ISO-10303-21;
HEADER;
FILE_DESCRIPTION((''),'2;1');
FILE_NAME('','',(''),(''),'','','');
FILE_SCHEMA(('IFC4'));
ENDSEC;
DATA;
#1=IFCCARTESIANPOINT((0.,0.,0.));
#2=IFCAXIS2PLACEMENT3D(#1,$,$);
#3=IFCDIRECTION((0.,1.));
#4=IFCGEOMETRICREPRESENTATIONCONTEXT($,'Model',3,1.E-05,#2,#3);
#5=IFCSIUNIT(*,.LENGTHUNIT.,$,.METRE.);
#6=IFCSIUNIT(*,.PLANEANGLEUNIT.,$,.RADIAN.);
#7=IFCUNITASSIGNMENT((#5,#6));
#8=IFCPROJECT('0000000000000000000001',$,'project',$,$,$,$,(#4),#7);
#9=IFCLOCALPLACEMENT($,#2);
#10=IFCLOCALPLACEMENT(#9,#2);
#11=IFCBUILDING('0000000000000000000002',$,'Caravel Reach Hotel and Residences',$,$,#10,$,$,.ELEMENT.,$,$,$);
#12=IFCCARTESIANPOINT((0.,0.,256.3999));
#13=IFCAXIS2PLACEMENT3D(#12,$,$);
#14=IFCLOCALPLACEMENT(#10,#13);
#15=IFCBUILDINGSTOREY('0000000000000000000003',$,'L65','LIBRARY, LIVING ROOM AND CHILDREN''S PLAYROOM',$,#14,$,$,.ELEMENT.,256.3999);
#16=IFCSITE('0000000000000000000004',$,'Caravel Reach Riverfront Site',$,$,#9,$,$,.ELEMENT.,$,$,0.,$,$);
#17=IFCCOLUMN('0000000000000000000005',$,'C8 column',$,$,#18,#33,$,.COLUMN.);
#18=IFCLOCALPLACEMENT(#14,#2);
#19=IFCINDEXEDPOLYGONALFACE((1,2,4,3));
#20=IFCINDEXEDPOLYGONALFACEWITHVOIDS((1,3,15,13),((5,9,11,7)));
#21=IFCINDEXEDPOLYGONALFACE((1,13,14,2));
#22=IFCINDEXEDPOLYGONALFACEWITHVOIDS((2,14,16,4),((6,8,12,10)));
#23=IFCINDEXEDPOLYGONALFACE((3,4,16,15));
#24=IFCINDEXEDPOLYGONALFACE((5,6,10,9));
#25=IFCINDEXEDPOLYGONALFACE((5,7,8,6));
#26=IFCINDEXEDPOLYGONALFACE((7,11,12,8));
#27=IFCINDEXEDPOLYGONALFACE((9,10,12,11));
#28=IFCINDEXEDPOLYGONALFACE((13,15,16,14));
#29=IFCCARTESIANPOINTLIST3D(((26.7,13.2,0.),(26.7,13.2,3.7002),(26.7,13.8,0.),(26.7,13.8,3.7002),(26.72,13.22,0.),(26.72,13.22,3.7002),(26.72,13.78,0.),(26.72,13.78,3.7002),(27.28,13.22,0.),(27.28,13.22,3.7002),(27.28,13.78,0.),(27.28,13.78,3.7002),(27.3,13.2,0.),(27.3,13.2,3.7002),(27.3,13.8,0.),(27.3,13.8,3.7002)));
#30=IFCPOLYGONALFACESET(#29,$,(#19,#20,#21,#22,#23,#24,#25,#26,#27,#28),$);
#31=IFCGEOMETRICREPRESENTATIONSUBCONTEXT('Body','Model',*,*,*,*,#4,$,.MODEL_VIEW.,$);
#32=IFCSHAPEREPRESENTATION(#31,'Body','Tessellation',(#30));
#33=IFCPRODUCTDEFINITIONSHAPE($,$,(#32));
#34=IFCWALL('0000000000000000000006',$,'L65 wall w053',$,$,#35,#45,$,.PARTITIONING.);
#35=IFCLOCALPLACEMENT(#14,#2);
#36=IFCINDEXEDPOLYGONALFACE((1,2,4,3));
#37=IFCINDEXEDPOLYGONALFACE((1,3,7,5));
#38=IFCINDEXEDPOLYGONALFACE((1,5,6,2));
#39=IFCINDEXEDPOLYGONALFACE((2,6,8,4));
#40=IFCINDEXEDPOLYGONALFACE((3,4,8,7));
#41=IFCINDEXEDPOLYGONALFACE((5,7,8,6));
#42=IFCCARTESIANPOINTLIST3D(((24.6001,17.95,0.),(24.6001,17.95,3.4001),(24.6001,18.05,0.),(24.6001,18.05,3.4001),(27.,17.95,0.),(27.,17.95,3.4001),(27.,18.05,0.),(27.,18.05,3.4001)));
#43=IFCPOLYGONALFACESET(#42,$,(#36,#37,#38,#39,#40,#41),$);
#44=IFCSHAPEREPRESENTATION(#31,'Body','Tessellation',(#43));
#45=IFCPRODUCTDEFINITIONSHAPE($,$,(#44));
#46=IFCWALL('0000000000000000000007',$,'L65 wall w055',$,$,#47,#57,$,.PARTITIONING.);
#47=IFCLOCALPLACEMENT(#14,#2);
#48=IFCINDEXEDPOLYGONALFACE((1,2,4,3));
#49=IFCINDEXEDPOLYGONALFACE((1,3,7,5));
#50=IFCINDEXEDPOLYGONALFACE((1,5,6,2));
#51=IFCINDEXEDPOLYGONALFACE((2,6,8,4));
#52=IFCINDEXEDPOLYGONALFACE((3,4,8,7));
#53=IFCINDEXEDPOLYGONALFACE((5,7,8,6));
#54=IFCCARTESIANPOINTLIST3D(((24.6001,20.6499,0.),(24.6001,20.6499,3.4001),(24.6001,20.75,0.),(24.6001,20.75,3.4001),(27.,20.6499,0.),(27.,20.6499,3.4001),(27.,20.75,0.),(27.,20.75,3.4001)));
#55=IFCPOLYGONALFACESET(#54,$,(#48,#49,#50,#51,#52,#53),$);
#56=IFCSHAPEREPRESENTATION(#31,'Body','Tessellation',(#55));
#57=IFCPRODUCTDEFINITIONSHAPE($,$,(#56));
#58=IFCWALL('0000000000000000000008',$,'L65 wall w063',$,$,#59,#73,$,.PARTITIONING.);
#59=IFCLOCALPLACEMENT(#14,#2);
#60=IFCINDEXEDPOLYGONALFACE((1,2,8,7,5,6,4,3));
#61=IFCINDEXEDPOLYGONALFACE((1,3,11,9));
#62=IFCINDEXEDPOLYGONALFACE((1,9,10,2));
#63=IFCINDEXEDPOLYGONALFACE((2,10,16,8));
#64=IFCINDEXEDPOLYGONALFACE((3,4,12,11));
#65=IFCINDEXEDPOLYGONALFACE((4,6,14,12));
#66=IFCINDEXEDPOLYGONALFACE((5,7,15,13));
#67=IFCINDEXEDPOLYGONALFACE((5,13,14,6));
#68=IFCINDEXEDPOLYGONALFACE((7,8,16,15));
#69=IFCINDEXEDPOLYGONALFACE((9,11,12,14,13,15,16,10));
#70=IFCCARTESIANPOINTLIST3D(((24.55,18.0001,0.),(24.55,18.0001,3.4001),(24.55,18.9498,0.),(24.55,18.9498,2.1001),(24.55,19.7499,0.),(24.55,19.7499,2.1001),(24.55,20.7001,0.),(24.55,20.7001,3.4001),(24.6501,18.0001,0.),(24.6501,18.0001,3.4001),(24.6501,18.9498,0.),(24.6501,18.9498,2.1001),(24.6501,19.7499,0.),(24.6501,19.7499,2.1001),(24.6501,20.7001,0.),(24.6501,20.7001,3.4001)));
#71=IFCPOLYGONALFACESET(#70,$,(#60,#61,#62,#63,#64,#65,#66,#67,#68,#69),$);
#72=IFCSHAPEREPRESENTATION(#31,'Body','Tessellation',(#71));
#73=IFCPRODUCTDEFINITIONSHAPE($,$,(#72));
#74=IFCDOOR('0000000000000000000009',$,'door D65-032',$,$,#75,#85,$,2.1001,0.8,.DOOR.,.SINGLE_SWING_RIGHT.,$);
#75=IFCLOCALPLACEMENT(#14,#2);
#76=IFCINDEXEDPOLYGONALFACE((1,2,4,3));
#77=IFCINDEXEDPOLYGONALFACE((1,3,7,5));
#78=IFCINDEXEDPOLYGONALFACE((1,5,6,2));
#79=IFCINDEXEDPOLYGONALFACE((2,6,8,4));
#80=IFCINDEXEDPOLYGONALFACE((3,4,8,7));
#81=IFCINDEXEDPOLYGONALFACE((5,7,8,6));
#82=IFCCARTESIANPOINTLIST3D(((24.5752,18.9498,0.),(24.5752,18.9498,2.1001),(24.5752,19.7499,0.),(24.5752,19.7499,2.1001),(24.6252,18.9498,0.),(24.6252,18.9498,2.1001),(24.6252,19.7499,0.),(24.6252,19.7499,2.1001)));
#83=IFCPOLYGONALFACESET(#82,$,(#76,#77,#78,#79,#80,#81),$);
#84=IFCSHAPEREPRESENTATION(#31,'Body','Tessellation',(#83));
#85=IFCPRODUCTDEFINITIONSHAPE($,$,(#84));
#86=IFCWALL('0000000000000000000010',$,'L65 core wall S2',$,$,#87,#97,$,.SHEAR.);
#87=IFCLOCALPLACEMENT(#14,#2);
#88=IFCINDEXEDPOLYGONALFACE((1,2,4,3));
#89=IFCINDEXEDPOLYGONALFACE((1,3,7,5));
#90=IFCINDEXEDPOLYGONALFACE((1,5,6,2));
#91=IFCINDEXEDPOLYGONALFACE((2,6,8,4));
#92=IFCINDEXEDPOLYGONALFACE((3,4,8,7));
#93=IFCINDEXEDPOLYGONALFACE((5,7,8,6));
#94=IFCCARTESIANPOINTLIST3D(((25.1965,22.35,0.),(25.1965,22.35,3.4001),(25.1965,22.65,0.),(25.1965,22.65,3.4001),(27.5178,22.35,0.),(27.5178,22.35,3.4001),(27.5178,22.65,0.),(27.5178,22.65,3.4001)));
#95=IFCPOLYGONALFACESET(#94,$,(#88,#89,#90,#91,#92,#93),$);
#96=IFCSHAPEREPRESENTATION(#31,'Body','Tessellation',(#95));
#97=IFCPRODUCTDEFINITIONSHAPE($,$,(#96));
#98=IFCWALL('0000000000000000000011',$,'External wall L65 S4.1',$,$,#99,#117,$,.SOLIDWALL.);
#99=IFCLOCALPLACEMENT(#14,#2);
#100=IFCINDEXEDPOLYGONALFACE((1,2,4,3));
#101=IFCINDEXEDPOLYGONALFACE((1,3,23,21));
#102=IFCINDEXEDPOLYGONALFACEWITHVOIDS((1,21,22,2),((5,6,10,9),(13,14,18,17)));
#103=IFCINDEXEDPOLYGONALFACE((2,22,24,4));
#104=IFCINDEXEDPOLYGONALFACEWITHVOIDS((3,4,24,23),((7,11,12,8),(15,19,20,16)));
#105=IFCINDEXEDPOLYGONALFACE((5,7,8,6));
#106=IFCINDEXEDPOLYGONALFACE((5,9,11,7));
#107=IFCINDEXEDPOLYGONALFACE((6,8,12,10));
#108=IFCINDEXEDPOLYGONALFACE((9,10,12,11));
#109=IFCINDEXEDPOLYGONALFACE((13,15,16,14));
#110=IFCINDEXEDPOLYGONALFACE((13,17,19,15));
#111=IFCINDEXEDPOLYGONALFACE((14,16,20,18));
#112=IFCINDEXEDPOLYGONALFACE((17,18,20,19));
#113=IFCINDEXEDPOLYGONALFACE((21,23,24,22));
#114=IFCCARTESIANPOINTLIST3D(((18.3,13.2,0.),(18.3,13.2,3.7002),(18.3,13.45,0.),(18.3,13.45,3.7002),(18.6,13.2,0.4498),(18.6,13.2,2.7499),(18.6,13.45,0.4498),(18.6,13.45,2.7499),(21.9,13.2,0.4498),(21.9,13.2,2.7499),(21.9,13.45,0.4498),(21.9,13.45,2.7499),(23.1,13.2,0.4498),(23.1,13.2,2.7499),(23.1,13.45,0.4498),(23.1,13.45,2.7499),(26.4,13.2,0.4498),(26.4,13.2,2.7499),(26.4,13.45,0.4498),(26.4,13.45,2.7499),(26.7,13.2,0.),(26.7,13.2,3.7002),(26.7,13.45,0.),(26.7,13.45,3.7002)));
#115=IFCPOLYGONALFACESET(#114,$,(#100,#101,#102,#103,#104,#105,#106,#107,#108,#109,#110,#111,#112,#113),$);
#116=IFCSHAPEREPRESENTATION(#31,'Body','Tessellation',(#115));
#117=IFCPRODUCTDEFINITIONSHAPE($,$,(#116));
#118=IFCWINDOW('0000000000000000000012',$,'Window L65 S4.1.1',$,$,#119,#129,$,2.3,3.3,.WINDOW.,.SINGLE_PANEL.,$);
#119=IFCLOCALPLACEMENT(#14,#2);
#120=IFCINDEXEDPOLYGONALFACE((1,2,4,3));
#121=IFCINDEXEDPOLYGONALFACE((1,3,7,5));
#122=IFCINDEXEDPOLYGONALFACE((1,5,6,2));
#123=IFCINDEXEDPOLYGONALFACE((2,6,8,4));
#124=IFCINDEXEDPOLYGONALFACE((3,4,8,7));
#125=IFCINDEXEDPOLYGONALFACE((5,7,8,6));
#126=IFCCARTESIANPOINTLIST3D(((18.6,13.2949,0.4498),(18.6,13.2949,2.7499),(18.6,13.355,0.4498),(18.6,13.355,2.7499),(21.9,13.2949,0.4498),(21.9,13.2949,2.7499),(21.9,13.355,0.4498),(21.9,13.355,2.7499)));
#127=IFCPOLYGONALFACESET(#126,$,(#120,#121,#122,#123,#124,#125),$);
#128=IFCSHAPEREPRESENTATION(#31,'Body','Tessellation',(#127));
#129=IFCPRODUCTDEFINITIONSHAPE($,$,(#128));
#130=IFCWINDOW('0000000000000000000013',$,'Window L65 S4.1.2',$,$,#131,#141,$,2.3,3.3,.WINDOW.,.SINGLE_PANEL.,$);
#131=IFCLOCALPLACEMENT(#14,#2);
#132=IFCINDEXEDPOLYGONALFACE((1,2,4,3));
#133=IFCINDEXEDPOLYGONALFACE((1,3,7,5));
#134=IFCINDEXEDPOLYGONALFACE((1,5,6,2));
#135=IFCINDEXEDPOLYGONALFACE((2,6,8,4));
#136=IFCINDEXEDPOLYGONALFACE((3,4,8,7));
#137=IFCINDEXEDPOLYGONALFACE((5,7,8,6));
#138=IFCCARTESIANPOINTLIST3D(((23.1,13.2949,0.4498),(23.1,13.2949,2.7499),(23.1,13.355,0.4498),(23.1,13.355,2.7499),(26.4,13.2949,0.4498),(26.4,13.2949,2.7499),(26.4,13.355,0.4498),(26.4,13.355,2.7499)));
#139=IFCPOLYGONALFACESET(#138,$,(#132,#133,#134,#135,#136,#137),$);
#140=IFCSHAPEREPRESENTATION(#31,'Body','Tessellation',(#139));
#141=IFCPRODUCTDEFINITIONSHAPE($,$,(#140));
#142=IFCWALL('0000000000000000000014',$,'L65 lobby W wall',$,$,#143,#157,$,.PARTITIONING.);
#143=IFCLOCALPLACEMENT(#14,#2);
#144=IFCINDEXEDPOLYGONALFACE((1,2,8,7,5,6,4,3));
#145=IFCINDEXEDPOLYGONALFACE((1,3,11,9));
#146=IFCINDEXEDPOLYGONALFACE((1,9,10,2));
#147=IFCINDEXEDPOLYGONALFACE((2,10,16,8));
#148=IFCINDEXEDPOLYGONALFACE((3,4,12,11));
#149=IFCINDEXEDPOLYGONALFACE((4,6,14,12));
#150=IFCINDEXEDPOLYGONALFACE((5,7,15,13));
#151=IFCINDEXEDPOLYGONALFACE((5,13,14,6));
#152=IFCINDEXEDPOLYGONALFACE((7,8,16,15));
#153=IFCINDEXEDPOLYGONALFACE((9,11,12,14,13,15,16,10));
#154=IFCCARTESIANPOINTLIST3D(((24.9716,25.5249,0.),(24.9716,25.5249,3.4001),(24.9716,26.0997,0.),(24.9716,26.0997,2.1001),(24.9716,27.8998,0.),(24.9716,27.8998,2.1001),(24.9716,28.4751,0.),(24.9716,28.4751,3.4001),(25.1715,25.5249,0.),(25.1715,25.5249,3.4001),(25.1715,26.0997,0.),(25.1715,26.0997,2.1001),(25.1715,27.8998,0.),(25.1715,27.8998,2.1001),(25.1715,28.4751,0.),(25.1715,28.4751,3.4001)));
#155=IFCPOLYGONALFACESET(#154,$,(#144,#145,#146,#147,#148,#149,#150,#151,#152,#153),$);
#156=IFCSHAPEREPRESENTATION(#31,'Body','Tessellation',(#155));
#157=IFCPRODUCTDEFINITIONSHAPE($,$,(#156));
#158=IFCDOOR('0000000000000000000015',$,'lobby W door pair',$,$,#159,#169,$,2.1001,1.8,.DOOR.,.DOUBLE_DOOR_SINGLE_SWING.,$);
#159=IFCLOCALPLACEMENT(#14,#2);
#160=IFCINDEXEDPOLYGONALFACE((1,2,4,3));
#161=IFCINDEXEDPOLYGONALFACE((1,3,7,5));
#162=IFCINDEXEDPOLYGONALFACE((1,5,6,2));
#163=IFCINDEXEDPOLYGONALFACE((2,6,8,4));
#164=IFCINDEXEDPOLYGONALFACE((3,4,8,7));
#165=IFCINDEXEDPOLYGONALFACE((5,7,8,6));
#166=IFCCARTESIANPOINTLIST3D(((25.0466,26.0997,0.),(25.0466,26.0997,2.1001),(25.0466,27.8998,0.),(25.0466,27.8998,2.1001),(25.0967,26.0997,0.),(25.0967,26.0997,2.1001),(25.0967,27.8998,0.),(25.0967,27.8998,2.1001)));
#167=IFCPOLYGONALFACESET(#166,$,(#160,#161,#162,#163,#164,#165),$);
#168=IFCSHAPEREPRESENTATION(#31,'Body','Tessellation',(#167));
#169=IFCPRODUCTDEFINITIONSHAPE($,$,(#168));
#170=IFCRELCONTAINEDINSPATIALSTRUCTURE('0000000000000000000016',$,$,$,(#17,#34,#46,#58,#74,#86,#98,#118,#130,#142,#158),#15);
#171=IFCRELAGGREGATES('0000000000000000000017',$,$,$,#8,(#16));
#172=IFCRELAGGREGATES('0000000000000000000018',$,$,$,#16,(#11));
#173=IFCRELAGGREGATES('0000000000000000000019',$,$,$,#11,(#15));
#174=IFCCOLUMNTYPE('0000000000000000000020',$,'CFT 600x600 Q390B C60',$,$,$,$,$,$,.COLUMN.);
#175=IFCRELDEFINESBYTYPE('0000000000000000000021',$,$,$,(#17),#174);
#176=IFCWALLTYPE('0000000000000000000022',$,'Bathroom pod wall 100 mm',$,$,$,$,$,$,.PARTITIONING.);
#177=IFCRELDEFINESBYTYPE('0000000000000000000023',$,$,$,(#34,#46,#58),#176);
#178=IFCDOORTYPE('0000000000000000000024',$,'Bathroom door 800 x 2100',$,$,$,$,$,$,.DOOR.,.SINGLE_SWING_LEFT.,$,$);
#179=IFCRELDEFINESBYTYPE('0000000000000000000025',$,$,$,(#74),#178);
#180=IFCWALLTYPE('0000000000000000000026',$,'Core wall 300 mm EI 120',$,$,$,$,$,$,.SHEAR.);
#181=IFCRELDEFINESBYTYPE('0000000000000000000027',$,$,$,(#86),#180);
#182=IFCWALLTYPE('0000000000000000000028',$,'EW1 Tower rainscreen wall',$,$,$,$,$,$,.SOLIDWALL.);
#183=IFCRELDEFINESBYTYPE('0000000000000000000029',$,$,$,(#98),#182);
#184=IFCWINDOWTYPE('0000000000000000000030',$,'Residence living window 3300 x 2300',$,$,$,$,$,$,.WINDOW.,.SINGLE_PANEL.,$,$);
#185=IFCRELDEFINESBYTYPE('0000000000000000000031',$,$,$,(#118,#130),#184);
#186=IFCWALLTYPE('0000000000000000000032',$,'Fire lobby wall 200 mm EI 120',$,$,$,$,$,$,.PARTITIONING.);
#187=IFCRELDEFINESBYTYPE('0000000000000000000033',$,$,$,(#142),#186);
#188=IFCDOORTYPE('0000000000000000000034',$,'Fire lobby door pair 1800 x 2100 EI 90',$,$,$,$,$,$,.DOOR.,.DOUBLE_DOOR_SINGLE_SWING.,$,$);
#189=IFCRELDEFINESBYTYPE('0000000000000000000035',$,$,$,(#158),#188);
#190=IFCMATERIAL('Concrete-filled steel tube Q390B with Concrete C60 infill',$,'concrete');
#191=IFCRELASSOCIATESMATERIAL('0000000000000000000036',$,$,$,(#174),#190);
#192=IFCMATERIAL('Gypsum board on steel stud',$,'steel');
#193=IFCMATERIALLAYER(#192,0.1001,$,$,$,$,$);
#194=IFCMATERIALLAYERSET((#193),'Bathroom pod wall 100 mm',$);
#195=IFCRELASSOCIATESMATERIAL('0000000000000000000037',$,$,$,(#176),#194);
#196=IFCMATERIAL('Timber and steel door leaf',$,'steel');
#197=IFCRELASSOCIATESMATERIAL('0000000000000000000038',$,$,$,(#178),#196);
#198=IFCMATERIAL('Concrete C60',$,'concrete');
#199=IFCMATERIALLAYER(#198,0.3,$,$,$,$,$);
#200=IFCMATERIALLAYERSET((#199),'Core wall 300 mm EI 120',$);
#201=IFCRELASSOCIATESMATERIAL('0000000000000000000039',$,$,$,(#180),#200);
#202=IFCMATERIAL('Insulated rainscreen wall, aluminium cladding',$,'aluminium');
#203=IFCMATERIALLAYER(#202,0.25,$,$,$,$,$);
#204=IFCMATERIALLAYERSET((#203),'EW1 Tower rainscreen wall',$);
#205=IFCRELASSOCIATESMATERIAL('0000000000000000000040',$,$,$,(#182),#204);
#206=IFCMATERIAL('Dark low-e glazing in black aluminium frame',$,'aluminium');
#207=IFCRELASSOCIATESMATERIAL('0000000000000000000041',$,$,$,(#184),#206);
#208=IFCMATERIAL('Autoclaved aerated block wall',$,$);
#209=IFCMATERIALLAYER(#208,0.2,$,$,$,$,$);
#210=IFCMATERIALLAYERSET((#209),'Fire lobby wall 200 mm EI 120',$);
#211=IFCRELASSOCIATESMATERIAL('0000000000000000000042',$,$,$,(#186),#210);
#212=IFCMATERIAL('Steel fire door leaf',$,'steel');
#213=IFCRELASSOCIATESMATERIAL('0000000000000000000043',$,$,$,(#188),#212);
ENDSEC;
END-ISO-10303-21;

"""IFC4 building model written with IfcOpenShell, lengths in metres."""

from ifc_helpers import new_model, si_unit, direction, frame, frame_2d, origin, origin_2d, place, context, subcontext, project, spatial, rectangle, hollow_rectangle, extrude, material, layer, layer_set, material_profile, profile_set, type_object, element, fill, save


model = new_model("IFC4")

# Units and contexts
model_context = context("Model", 3, precision=1e-05, world=origin(), true_north=direction((0.0, 1.0)))
body_context = subcontext(model_context, "Body", "Model", "MODEL_VIEW")
ifc_project = project(units=[si_unit("LENGTHUNIT", "METRE"), si_unit("PLANEANGLEUNIT", "RADIAN")], contexts=[model_context])

# Site, building, storey
site_placement = place(None, origin())
site = spatial("IfcSite", under=ifc_project, at=site_placement, Name="Caravel Reach Riverfront Site", CompositionType="ELEMENT", RefElevation=0.0)
building_placement = place(site_placement, origin())
building = spatial("IfcBuilding", under=site, at=building_placement, Name="Caravel Reach Hotel and Residences", CompositionType="ELEMENT")
storey_placement = place(building_placement, frame((0.0, 0.0, 256.3999)))
storey = spatial("IfcBuildingStorey", under=building, at=storey_placement, Name="L65", Description="LIBRARY, LIVING ROOM AND CHILDREN'S PLAYROOM", CompositionType="ELEMENT", Elevation=256.3999)

# Column
ifc_material_1 = material(Name="Concrete-filled steel tube Q390B with Concrete C60 infill", Category="concrete")
ifc_material_profile = material_profile(ifc_material_1, hollow_rectangle(XDim=0.6001, YDim=0.6001, WallThickness=0.02, at=origin_2d()), Name="RHS 600x600x20")
ifc_profile_set = profile_set([ifc_material_profile], Name="Concrete-filled steel tube Q390B with Concrete C60 infill")
column_type = type_object("IfcColumnType", Name="CFT 600x600 Q390B C60", PredefinedType="COLUMN", material=ifc_profile_set)
column_placement = place(storey_placement, frame((27.0, 13.5, 0.0), z_axis=(0.0, 0.0, 1.0), x_axis=(1.0, 0.0, 0.0)))
element("IfcColumn", 1, at=column_placement, inside=storey, type_object=column_type, Name="C8 column", PredefinedType="COLUMN", context=body_context, shape_type="SweptSolid", body=[
    extrude(hollow_rectangle(XDim=0.6001, YDim=0.6001, WallThickness=0.02, at=origin_2d()), origin(), (0.0, 0.0, 1.0), 3.7002),
])

# Walls
ifc_material_2 = material(Name="Gypsum board on steel stud", Category="steel")
ifc_layer_1 = layer(ifc_material_2, 0.1001)
ifc_layer_set_1 = layer_set([ifc_layer_1], Name="Bathroom pod wall 100 mm")
wall_type_1 = type_object("IfcWallType", Name="Bathroom pod wall 100 mm", PredefinedType="PARTITIONING", material=ifc_layer_set_1)
for number, where, z_axis, x_axis, name in (
    (2, (24.6001, 18.0, 0.0), (0.0, 0.0, 1.0), (1.0, 0.0, 0.0), "L65 wall w053"),
    (3, (24.6001, 20.7, 0.0), (0.0, 0.0, 1.0), (1.0, 0.0, 0.0), "L65 wall w055"),
):
    element("IfcWall", number, at=place(storey_placement, frame(where, z_axis=z_axis, x_axis=x_axis)), inside=storey, type_object=wall_type_1, Name=name, PredefinedType="PARTITIONING", context=body_context, shape_type="SweptSolid", body=[
        extrude(rectangle(XDim=2.3999, YDim=0.1001, at=frame_2d((1.2, 0.0))), origin(), (0.0, 0.0, 1.0), 3.4001),
    ])

# Wall, opening, door
wall_1_placement = place(storey_placement, frame((24.6001, 18.0, 0.0), z_axis=(0.0, 0.0, 1.0), x_axis=(0.0, 1.0, 0.0)))
wall_1 = element("IfcWall", 4, at=wall_1_placement, inside=storey, type_object=wall_type_1, Name="L65 wall w063", PredefinedType="PARTITIONING", context=body_context, shape_type="SweptSolid", body=[
    extrude(rectangle(XDim=2.7, YDim=0.1001, at=frame_2d((1.3501, 0.0))), origin(), (0.0, 0.0, 1.0), 3.4001),
])
opening_1_placement = place(wall_1_placement, frame((0.95, 0.0, 0.0)))
opening_1 = element("IfcOpeningElement", 5, at=opening_1_placement, cuts=wall_1, PredefinedType="OPENING", context=body_context, shape_type="SweptSolid", body=[
    extrude(rectangle(XDim=0.8, YDim=2.1001, at=frame_2d((0.3999, 1.05))), frame((0.0, 0.0601, 0.0), z_axis=(0.0, -1.0, 0.0), x_axis=(1.0, 0.0, 0.0)), (0.0, 0.0, 1.0), 0.1201),
])
ifc_material_3 = material(Name="Timber and steel door leaf", Category="steel")
door_type_1 = type_object("IfcDoorType", Name="Bathroom door 800 x 2100", OperationType="SINGLE_SWING_LEFT", PredefinedType="DOOR", material=ifc_material_3)
door_1_placement = place(opening_1_placement, origin())
door_1 = element("IfcDoor", 6, at=door_1_placement, inside=storey, type_object=door_type_1, Name="door D65-032", OperationType="SINGLE_SWING_RIGHT", OverallHeight=2.1001, OverallWidth=0.8, PredefinedType="DOOR", context=body_context, shape_type="SweptSolid", body=[
    extrude(rectangle(XDim=0.8, YDim=2.1001, at=frame_2d((0.3999, 1.05))), frame((0.0, 0.0249, 0.0), z_axis=(0.0, -1.0, 0.0), x_axis=(1.0, 0.0, 0.0)), (0.0, 0.0, 1.0), 0.05),
])
fill(opening_1, door_1)

# Wall
ifc_material_4 = material(Name="Concrete C60", Category="concrete")
ifc_layer_2 = layer(ifc_material_4, 0.3)
ifc_layer_set_2 = layer_set([ifc_layer_2], Name="Core wall 300 mm EI 120")
wall_type_2 = type_object("IfcWallType", Name="Core wall 300 mm EI 120", PredefinedType="SHEAR", material=ifc_layer_set_2)
wall_2_placement = place(storey_placement, frame((25.1965, 22.5, 0.0), z_axis=(0.0, 0.0, 1.0), x_axis=(1.0, 0.0, 0.0)))
element("IfcWall", 7, at=wall_2_placement, inside=storey, type_object=wall_type_2, Name="L65 core wall S2", PredefinedType="SHEAR", context=body_context, shape_type="SweptSolid", body=[
    extrude(rectangle(XDim=2.3213, YDim=0.3, at=frame_2d((1.1606, 0.0))), origin(), (0.0, 0.0, 1.0), 3.4001),
])

# Wall, openings, windows
ifc_material_5 = material(Name="Insulated rainscreen wall, aluminium cladding", Category="aluminium")
ifc_layer_3 = layer(ifc_material_5, 0.25)
ifc_layer_set_3 = layer_set([ifc_layer_3], Name="EW1 Tower rainscreen wall")
wall_type_3 = type_object("IfcWallType", Name="EW1 Tower rainscreen wall", PredefinedType="SOLIDWALL", material=ifc_layer_set_3)
wall_3_placement = place(storey_placement, frame((18.3, 13.325, 0.0), z_axis=(0.0, 0.0, 1.0), x_axis=(1.0, 0.0, 0.0)))
wall_3 = element("IfcWall", 8, at=wall_3_placement, inside=storey, type_object=wall_type_3, Name="External wall L65 S4.1", PredefinedType="SOLIDWALL", context=body_context, shape_type="SweptSolid", body=[
    extrude(rectangle(XDim=8.3999, YDim=0.25, at=frame_2d((4.2, 0.0))), origin(), (0.0, 0.0, 1.0), 3.7002),
])
opening_2_placement = place(wall_3_placement, frame((0.3, 0.0, 0.45)))
opening_2 = element("IfcOpeningElement", 9, at=opening_2_placement, cuts=wall_3, PredefinedType="OPENING", context=body_context, shape_type="SweptSolid", body=[
    extrude(rectangle(XDim=3.3, YDim=2.3, at=frame_2d((1.6499, 1.1499))), frame((0.0, 0.135, 0.0), z_axis=(0.0, -1.0, 0.0), x_axis=(1.0, 0.0, 0.0)), (0.0, 0.0, 1.0), 0.27),
])
opening_3_placement = place(wall_3_placement, frame((4.8, 0.0, 0.45)))
opening_3 = element("IfcOpeningElement", 10, at=opening_3_placement, cuts=wall_3, PredefinedType="OPENING", context=body_context, shape_type="SweptSolid", body=[
    extrude(rectangle(XDim=3.3, YDim=2.3, at=frame_2d((1.6499, 1.1499))), frame((0.0, 0.135, 0.0), z_axis=(0.0, -1.0, 0.0), x_axis=(1.0, 0.0, 0.0)), (0.0, 0.0, 1.0), 0.27),
])
ifc_material_6 = material(Name="Dark low-e glazing in black aluminium frame", Category="aluminium")
window_type = type_object("IfcWindowType", Name="Residence living window 3300 x 2300", PartitioningType="SINGLE_PANEL", PredefinedType="WINDOW", material=ifc_material_6)
window_1_placement = place(opening_2_placement, origin())
window_1 = element("IfcWindow", 11, at=window_1_placement, inside=storey, type_object=window_type, Name="Window L65 S4.1.1", OverallHeight=2.3, OverallWidth=3.3, PartitioningType="SINGLE_PANEL", PredefinedType="WINDOW", context=body_context, shape_type="SweptSolid", body=[
    extrude(rectangle(XDim=3.3, YDim=2.3, at=frame_2d((1.6499, 1.1499))), frame((0.0, 0.03, 0.0), z_axis=(0.0, -1.0, 0.0), x_axis=(1.0, 0.0, 0.0)), (0.0, 0.0, 1.0), 0.0601),
])
fill(opening_2, window_1)
window_2_placement = place(opening_3_placement, origin())
window_2 = element("IfcWindow", 12, at=window_2_placement, inside=storey, type_object=window_type, Name="Window L65 S4.1.2", OverallHeight=2.3, OverallWidth=3.3, PartitioningType="SINGLE_PANEL", PredefinedType="WINDOW", context=body_context, shape_type="SweptSolid", body=[
    extrude(rectangle(XDim=3.3, YDim=2.3, at=frame_2d((1.6499, 1.1499))), frame((0.0, 0.03, 0.0), z_axis=(0.0, -1.0, 0.0), x_axis=(1.0, 0.0, 0.0)), (0.0, 0.0, 1.0), 0.0601),
])
fill(opening_3, window_2)

# Wall, opening, door
ifc_material_7 = material(Name="Autoclaved aerated block wall")
ifc_layer_4 = layer(ifc_material_7, 0.2)
ifc_layer_set_4 = layer_set([ifc_layer_4], Name="Fire lobby wall 200 mm EI 120")
wall_type_4 = type_object("IfcWallType", Name="Fire lobby wall 200 mm EI 120", PredefinedType="PARTITIONING", material=ifc_layer_set_4)
wall_4_placement = place(storey_placement, frame((25.0715, 25.5249, 0.0), z_axis=(0.0, 0.0, 1.0), x_axis=(0.0, 1.0, 0.0)))
wall_4 = element("IfcWall", 13, at=wall_4_placement, inside=storey, type_object=wall_type_4, Name="L65 lobby W wall", PredefinedType="PARTITIONING", context=body_context, shape_type="SweptSolid", body=[
    extrude(rectangle(XDim=2.9502, YDim=0.2, at=frame_2d((1.4751, 0.0))), origin(), (0.0, 0.0, 1.0), 3.4001),
])
opening_4_placement = place(wall_4_placement, frame((0.575, 0.0, 0.0)))
opening_4 = element("IfcOpeningElement", 14, at=opening_4_placement, cuts=wall_4, PredefinedType="OPENING", context=body_context, shape_type="SweptSolid", body=[
    extrude(rectangle(XDim=1.8, YDim=2.1001, at=frame_2d((0.8999, 1.05))), frame((0.0, 0.1099, 0.0), z_axis=(0.0, -1.0, 0.0), x_axis=(1.0, 0.0, 0.0)), (0.0, 0.0, 1.0), 0.22),
])
ifc_material_8 = material(Name="Steel fire door leaf", Category="steel")
door_type_2 = type_object("IfcDoorType", Name="Fire lobby door pair 1800 x 2100 EI 90", OperationType="DOUBLE_DOOR_SINGLE_SWING", PredefinedType="DOOR", material=ifc_material_8)
door_2_placement = place(opening_4_placement, origin())
door_2 = element("IfcDoor", 15, at=door_2_placement, inside=storey, type_object=door_type_2, Name="lobby W door pair", OperationType="DOUBLE_DOOR_SINGLE_SWING", OverallHeight=2.1001, OverallWidth=1.8, PredefinedType="DOOR", context=body_context, shape_type="SweptSolid", body=[
    extrude(rectangle(XDim=1.8, YDim=2.1001, at=frame_2d((0.8999, 1.05))), frame((0.0, 0.0249, 0.0), z_axis=(0.0, -1.0, 0.0), x_axis=(1.0, 0.0, 0.0)), (0.0, 0.0, 1.0), 0.05),
])
fill(opening_4, door_2)

save(model, "model.ifc")
